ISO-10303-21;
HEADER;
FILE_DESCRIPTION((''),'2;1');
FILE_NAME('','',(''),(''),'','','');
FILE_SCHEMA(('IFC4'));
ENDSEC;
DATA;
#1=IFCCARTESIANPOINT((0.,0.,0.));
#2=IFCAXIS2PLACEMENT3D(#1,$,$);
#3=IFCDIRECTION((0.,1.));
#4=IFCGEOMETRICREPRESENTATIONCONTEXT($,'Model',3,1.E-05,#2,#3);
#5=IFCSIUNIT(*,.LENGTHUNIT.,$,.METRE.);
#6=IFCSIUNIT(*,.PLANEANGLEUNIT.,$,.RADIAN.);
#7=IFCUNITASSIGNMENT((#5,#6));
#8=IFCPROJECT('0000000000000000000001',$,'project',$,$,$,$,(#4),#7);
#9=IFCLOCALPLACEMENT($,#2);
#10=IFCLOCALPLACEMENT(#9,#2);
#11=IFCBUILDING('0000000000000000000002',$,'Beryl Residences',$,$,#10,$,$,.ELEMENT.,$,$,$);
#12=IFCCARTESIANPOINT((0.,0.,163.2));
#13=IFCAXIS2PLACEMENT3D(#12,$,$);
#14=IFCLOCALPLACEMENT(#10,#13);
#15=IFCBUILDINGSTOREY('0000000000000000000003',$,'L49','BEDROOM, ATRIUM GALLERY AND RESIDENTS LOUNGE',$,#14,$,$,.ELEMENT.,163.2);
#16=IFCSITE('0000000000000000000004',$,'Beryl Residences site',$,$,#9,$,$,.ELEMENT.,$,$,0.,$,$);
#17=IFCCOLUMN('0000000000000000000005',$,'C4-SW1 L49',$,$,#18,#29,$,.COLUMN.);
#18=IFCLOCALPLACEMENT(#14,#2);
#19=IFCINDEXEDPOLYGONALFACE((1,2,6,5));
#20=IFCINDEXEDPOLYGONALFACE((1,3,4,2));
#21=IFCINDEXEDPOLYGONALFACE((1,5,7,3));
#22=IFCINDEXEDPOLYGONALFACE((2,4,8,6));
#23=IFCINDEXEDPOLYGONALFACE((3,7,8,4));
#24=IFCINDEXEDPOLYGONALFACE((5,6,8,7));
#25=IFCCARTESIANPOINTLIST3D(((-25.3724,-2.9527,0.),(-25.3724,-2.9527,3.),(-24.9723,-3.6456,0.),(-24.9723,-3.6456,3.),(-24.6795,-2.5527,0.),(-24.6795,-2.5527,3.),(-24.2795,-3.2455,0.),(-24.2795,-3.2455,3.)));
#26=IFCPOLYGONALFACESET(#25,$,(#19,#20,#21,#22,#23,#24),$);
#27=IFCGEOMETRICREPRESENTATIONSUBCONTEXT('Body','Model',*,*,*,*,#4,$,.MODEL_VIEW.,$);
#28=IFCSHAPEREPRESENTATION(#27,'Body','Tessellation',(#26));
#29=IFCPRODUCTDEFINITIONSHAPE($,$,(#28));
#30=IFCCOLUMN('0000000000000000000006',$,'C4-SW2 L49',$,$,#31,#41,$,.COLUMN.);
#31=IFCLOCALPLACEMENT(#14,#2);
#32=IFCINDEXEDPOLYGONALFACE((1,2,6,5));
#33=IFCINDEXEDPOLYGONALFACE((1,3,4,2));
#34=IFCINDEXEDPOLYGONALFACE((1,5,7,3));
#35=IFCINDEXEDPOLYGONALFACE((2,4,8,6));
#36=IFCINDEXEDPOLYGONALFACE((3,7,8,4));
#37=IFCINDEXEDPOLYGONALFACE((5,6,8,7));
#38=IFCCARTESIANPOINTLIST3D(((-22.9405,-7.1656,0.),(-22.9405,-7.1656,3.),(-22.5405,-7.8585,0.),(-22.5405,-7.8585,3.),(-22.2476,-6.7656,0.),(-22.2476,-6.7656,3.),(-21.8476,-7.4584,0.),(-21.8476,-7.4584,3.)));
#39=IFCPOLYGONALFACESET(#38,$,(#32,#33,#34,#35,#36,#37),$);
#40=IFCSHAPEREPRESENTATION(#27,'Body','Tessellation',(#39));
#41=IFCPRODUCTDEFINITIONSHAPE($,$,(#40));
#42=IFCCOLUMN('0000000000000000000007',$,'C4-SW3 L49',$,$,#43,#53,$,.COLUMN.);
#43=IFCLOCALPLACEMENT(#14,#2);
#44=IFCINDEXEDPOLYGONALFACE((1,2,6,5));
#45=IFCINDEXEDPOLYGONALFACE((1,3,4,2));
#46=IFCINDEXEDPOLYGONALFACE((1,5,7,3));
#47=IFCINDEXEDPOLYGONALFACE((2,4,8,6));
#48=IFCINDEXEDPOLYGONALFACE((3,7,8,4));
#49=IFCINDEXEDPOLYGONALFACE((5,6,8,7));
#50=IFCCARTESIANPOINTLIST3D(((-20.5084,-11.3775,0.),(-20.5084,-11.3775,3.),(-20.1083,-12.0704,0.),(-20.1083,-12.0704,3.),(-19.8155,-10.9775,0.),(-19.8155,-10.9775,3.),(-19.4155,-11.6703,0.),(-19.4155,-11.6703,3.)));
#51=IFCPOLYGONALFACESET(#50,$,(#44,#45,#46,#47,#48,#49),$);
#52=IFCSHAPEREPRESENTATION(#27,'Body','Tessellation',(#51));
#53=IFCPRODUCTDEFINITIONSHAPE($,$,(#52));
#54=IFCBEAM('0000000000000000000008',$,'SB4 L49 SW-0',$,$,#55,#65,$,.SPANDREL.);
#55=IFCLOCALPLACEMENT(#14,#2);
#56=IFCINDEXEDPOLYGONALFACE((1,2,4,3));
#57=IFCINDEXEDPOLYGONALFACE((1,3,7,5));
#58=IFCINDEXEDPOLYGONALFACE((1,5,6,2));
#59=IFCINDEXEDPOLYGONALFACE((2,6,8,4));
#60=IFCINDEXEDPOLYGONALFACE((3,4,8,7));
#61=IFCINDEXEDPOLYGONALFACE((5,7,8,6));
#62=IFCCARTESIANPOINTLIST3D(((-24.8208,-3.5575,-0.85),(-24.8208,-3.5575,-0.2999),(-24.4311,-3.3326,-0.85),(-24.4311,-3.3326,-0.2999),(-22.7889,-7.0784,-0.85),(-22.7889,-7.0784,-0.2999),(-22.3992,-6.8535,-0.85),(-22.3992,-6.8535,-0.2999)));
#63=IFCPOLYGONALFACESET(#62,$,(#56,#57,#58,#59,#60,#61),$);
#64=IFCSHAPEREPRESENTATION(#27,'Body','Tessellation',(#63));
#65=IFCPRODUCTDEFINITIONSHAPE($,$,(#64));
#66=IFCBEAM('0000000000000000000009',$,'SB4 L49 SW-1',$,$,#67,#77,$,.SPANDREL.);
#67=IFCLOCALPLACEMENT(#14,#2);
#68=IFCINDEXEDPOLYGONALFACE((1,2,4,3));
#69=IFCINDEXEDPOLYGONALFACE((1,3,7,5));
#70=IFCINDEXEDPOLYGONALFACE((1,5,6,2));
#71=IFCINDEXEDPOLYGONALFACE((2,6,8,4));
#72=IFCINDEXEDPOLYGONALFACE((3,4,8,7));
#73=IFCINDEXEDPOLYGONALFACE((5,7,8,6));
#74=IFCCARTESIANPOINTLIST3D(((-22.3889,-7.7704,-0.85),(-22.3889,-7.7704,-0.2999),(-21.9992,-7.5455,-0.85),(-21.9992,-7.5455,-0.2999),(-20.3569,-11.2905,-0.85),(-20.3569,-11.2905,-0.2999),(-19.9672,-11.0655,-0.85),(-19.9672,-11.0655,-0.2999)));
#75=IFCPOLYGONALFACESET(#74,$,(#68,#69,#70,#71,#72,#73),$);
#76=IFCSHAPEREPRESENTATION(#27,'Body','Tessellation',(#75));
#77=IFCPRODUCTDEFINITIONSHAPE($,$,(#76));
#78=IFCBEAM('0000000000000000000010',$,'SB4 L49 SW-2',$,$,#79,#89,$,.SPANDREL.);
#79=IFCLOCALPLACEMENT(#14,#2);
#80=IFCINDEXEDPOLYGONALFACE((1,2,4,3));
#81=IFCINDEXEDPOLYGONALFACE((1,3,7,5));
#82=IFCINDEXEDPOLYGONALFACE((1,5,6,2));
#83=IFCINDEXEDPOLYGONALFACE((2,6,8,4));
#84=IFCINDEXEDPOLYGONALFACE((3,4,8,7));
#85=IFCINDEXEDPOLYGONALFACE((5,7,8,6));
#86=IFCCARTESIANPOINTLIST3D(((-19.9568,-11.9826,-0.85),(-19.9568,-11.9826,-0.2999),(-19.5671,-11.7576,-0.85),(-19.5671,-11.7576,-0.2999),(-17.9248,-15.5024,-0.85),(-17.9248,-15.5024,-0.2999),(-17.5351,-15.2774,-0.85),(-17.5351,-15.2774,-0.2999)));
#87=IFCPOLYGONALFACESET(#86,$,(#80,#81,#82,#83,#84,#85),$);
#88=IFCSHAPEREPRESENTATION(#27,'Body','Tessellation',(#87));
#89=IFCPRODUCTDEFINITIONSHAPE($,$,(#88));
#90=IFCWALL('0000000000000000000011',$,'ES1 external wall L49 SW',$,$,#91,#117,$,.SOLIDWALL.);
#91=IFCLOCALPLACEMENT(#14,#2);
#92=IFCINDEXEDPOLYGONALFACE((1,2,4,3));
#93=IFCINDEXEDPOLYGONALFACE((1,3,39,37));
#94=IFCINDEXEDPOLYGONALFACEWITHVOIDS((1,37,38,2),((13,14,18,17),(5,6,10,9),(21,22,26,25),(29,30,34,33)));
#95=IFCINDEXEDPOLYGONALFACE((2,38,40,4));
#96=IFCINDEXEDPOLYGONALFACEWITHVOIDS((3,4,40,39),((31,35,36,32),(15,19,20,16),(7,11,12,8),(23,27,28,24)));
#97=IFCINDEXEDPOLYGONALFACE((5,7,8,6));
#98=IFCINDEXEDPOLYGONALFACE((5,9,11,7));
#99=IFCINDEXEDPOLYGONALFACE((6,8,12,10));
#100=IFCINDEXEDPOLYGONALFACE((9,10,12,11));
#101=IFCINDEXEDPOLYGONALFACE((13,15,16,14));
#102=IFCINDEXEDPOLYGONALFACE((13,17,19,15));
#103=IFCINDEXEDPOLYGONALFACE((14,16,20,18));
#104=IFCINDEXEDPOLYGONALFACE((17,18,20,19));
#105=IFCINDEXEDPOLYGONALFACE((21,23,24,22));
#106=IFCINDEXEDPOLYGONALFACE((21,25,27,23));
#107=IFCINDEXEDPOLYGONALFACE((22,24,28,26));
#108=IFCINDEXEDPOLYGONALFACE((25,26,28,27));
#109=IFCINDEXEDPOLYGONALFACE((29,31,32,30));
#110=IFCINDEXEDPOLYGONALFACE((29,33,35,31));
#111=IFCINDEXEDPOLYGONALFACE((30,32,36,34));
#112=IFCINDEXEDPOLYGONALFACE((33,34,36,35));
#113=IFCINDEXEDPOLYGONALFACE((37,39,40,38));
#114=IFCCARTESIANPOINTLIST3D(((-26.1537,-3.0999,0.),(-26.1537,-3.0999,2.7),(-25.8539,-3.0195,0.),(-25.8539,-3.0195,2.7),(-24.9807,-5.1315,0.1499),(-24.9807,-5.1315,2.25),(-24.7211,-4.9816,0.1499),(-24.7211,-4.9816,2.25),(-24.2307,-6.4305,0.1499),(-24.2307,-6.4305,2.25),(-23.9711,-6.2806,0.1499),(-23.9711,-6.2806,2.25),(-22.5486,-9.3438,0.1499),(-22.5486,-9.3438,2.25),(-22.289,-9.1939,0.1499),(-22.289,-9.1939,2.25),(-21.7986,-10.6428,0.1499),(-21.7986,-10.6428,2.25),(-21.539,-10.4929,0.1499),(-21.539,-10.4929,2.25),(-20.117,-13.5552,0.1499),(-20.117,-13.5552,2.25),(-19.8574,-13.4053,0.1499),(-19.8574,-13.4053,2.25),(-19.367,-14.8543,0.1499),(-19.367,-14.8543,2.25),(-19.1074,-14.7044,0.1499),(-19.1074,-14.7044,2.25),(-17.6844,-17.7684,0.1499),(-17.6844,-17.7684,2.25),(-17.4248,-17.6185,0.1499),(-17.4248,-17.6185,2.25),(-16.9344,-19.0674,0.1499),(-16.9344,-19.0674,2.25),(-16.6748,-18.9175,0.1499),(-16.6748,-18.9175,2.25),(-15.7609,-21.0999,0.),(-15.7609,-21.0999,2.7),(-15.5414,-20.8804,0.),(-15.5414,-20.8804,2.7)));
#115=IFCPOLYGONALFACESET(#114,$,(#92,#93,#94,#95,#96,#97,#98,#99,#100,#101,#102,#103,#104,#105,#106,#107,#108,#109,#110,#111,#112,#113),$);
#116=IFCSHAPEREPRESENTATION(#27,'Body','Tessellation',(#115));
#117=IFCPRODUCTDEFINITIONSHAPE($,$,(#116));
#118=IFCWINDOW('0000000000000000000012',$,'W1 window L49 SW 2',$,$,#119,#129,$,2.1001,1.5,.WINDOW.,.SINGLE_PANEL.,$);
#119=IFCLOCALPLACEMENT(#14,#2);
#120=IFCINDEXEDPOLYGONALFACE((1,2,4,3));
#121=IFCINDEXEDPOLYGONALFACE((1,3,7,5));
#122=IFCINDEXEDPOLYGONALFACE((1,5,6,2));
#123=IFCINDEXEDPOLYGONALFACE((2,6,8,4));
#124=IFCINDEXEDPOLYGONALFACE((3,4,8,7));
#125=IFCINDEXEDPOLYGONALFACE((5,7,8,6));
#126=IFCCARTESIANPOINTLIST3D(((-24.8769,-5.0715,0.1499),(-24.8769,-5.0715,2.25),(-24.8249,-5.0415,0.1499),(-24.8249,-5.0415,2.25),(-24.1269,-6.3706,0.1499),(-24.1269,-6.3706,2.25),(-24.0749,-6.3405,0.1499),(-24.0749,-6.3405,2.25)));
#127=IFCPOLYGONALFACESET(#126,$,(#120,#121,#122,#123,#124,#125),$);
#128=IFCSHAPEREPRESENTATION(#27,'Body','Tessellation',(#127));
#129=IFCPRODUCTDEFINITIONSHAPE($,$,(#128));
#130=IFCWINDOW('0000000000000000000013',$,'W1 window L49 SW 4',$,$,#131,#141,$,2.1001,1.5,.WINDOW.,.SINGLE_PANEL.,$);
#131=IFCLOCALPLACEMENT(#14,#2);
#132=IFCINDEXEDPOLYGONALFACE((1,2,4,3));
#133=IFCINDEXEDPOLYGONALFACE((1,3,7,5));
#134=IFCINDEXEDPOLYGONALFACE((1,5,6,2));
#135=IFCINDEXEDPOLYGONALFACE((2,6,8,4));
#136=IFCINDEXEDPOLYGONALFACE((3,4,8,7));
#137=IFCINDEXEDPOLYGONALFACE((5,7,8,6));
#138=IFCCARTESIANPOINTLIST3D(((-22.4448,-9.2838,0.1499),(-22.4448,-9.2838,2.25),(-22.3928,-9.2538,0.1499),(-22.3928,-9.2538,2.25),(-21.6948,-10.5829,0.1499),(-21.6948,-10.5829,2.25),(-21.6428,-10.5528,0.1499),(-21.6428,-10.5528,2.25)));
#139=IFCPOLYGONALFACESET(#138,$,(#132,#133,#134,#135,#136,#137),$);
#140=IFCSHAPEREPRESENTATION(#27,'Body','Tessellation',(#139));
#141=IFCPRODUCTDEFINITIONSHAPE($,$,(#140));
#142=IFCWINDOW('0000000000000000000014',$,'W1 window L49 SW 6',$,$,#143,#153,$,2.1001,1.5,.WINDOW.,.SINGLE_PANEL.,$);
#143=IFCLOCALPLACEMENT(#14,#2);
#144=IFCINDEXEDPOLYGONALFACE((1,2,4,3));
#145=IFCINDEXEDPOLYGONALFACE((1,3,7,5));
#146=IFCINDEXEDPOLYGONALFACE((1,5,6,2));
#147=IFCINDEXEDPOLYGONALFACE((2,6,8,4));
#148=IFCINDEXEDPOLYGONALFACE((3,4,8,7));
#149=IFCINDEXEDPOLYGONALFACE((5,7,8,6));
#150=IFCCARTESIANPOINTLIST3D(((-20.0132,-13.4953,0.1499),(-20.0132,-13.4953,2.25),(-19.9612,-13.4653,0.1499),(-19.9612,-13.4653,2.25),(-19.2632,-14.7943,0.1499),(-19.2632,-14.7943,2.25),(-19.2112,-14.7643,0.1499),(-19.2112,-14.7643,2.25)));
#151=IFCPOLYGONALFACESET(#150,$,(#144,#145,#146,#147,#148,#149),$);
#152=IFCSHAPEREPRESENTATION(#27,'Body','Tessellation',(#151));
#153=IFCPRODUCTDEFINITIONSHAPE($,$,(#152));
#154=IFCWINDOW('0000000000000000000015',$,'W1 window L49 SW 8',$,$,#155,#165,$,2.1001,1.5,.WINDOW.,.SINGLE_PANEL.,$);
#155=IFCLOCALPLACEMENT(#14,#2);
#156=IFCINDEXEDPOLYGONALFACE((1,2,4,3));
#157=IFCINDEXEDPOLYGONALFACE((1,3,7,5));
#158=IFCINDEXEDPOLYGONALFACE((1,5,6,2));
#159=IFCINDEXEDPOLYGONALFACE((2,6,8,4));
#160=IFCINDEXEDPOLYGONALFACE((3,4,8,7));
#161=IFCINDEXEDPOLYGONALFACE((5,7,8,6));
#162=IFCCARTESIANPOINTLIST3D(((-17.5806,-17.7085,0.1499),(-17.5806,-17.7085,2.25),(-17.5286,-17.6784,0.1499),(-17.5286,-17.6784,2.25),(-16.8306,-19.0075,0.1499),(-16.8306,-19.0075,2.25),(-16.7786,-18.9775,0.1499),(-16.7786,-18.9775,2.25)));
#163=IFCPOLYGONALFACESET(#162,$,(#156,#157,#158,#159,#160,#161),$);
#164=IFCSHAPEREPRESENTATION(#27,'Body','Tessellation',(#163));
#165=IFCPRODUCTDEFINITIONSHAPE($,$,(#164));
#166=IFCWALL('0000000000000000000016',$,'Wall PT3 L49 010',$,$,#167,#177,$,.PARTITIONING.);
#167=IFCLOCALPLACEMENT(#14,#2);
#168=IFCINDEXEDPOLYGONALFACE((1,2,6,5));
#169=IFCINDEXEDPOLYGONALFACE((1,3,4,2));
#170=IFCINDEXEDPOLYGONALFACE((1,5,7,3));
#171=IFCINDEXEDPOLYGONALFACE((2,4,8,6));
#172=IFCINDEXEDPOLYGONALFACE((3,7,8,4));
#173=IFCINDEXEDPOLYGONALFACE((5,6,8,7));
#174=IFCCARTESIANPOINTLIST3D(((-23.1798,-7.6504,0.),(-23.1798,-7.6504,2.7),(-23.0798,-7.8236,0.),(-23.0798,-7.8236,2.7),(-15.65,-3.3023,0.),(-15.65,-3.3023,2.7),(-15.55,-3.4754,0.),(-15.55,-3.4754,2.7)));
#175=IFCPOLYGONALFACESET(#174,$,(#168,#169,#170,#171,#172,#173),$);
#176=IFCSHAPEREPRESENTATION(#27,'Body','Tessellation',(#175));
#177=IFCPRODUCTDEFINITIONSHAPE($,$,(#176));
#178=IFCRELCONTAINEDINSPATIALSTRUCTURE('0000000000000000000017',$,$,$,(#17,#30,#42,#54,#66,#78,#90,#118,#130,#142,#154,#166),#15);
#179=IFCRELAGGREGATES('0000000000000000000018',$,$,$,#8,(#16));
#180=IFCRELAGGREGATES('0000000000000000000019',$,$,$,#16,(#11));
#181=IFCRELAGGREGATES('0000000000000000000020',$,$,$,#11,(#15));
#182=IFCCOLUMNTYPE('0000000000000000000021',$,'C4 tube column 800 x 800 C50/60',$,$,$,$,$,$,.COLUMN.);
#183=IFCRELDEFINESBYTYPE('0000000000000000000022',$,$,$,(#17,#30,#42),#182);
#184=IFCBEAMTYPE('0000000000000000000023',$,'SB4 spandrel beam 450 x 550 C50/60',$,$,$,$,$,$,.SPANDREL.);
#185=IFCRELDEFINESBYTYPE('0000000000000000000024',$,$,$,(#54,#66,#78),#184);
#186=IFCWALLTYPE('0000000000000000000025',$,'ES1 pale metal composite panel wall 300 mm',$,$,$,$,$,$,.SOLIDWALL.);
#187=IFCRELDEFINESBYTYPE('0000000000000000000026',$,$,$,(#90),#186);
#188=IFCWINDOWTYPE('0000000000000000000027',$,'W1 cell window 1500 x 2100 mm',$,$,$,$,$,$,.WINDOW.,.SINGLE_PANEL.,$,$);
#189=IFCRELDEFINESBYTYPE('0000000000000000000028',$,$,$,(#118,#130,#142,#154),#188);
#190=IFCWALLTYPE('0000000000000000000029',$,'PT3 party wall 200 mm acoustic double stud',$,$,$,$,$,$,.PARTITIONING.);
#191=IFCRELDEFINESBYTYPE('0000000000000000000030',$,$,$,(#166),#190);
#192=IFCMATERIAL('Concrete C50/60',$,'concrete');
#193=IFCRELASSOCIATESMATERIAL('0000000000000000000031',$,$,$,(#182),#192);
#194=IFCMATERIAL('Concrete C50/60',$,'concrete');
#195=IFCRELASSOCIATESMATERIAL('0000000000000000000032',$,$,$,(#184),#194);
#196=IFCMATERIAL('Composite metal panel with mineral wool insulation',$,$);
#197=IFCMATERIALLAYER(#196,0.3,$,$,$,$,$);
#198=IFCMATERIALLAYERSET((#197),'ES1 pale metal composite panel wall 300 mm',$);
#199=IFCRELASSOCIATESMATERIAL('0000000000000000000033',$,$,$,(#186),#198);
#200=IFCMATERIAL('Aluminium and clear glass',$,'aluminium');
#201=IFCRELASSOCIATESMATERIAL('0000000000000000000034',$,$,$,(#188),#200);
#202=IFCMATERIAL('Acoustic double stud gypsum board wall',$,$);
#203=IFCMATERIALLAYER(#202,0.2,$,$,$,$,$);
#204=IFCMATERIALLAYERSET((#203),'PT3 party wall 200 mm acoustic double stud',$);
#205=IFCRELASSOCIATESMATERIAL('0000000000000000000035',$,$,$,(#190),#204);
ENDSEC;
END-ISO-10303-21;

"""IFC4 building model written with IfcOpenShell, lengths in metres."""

from ifc_helpers import new_model, si_unit, direction, frame, frame_2d, origin, origin_2d, place, context, subcontext, project, spatial, polyline, rectangle, outline, extrude, material, layer, layer_set, material_profile, profile_set, type_object, element, fill, save


model = new_model("IFC4")

# Units and contexts
model_context = context("Model", 3, precision=1e-05, world=origin(), true_north=direction((0.0, 1.0)))
body_context = subcontext(model_context, "Body", "Model", "MODEL_VIEW")
ifc_project = project(units=[si_unit("LENGTHUNIT", "METRE"), si_unit("PLANEANGLEUNIT", "RADIAN")], contexts=[model_context])

# Site, building, storey
site_placement = place(None, origin())
site = spatial("IfcSite", under=ifc_project, at=site_placement, Name="Beryl Residences site", CompositionType="ELEMENT", RefElevation=0.0)
building_placement = place(site_placement, origin())
building = spatial("IfcBuilding", under=site, at=building_placement, Name="Beryl Residences", CompositionType="ELEMENT")
storey_placement = place(building_placement, frame((0.0, 0.0, 163.2)))
storey = spatial("IfcBuildingStorey", under=building, at=storey_placement, Name="L49", Description="BEDROOM, ATRIUM GALLERY AND RESIDENTS LOUNGE", CompositionType="ELEMENT", Elevation=163.2)

# Columns
ifc_material_1 = material(Name="Concrete C50/60", Category="concrete")
ifc_material_profile_1 = material_profile(ifc_material_1, rectangle(XDim=0.8, YDim=0.8, at=origin_2d()))
ifc_profile_set_1 = profile_set([ifc_material_profile_1], Name="Concrete C50/60")
column_type = type_object("IfcColumnType", Name="C4 tube column 800 x 800 C50/60", PredefinedType="COLUMN", material=ifc_profile_set_1)
for number, where, z_axis, x_axis, name in (
    (1, (-24.8259, -3.0991, 0.0), (0.0, 0.0, 1.0), (0.5, -0.866025, 0.0), "C4-SW1 L49"),
    (2, (-22.394, -7.312, 0.0), (0.0, 0.0, 1.0), (0.5, -0.866025, 0.0), "C4-SW2 L49"),
    (3, (-19.9619, -11.5239, 0.0), (0.0, 0.0, 1.0), (0.5, -0.866025, 0.0), "C4-SW3 L49"),
):
    element("IfcColumn", number, at=place(storey_placement, frame(where, z_axis=z_axis, x_axis=x_axis)), inside=storey, type_object=column_type, Name=name, PredefinedType="COLUMN", context=body_context, shape_type="SweptSolid", body=[
        extrude(rectangle(XDim=0.8, YDim=0.8, at=origin_2d()), origin(), (0.0, 0.0, 1.0), 3.0),
    ])

# Beams
ifc_material_2 = material(Name="Concrete C50/60", Category="concrete")
ifc_material_profile_2 = material_profile(ifc_material_2, rectangle(XDim=0.45, YDim=0.55, at=origin_2d()))
ifc_profile_set_2 = profile_set([ifc_material_profile_2], Name="Concrete C50/60")
beam_type = type_object("IfcBeamType", Name="SB4 spandrel beam 450 x 550 C50/60", PredefinedType="SPANDREL", material=ifc_profile_set_2)
beam_1_placement = place(storey_placement, frame((-24.626, -3.4451, -0.575), z_axis=(0.49984, -0.866118, 0.0), x_axis=(0.866118, 0.49984, 0.0)))
element("IfcBeam", 4, at=beam_1_placement, inside=storey, type_object=beam_type, Name="SB4 L49 SW-0", PredefinedType="SPANDREL", context=body_context, shape_type="SweptSolid", body=[
    extrude(rectangle(XDim=0.45, YDim=0.55, at=origin_2d()), origin(), (0.0, 0.0, 1.0), 4.0652),
])
beam_2_placement = place(storey_placement, frame((-22.1941, -7.658, -0.575), z_axis=(0.499944, -0.866058, 0.0), x_axis=(0.866058, 0.499944, 0.0)))
element("IfcBeam", 5, at=beam_2_placement, inside=storey, type_object=beam_type, Name="SB4 L49 SW-1", PredefinedType="SPANDREL", context=body_context, shape_type="SweptSolid", body=[
    extrude(rectangle(XDim=0.45, YDim=0.55, at=origin_2d()), origin(), (0.0, 0.0, 1.0), 4.0645),
])
beam_3_placement = place(storey_placement, frame((-19.762, -11.8701, -0.575), z_axis=(0.49997, -0.866043, 0.0), x_axis=(0.866043, 0.49997, 0.0)))
element("IfcBeam", 6, at=beam_3_placement, inside=storey, type_object=beam_type, Name="SB4 L49 SW-2", PredefinedType="SPANDREL", context=body_context, shape_type="SweptSolid", body=[
    extrude(rectangle(XDim=0.45, YDim=0.55, at=origin_2d()), origin(), (0.0, 0.0, 1.0), 4.0642),
])

# Wall, openings, windows
ifc_material_3 = material(Name="Composite metal panel with mineral wool insulation")
ifc_layer_1 = layer(ifc_material_3, 0.3)
ifc_layer_set_1 = layer_set([ifc_layer_1], Name="ES1 pale metal composite panel wall 300 mm")
wall_type_1 = type_object("IfcWallType", Name="ES1 pale metal composite panel wall 300 mm", PredefinedType="SOLIDWALL", material=ifc_layer_set_1)
wall_1_placement = place(storey_placement, frame((-26.0239, -3.0249, 0.0), z_axis=(0.0, 0.0, 1.0), x_axis=(0.500019, -0.866015, 0.0)))
wall_1 = element("IfcWall", 7, at=wall_1_placement, inside=storey, type_object=wall_type_1, Name="ES1 external wall L49 SW", PredefinedType="SOLIDWALL", context=body_context, shape_type="SweptSolid", body=[
    extrude(outline(polyline([(0.0, -0.1499), (20.7849, -0.1499), (20.7046, 0.1499), (0.0803, 0.1499), (0.0, -0.1499)])), origin(), (0.0, 0.0, 1.0), 2.7),
])
opening_1_placement = place(wall_1_placement, frame((2.3459, 0.0, 0.1499)))
opening_1 = element("IfcOpeningElement", 8, at=opening_1_placement, cuts=wall_1, PredefinedType="OPENING", context=body_context, shape_type="SweptSolid", body=[
    extrude(rectangle(XDim=1.5, YDim=2.1001, at=frame_2d((0.75, 1.05))), frame((0.0, 0.1599, 0.0), z_axis=(0.0, -1.0, 0.0), x_axis=(1.0, 0.0, 0.0)), (0.0, 0.0, 1.0), 0.3201),
])
opening_2_placement = place(wall_1_placement, frame((7.21, 0.0, 0.1499)))
opening_2 = element("IfcOpeningElement", 9, at=opening_2_placement, cuts=wall_1, PredefinedType="OPENING", context=body_context, shape_type="SweptSolid", body=[
    extrude(rectangle(XDim=1.5, YDim=2.1001, at=frame_2d((0.75, 1.05))), frame((0.0, 0.1599, 0.0), z_axis=(0.0, -1.0, 0.0), x_axis=(1.0, 0.0, 0.0)), (0.0, 0.0, 1.0), 0.3201),
])
opening_3_placement = place(wall_1_placement, frame((12.073, 0.0, 0.1499)))
opening_3 = element("IfcOpeningElement", 10, at=opening_3_placement, cuts=wall_1, PredefinedType="OPENING", context=body_context, shape_type="SweptSolid", body=[
    extrude(rectangle(XDim=1.5, YDim=2.1001, at=frame_2d((0.75, 1.05))), frame((0.0, 0.1599, 0.0), z_axis=(0.0, -1.0, 0.0), x_axis=(1.0, 0.0, 0.0)), (0.0, 0.0, 1.0), 0.3201),
])
opening_4_placement = place(wall_1_placement, frame((16.938, 0.0, 0.1499)))
opening_4 = element("IfcOpeningElement", 11, at=opening_4_placement, cuts=wall_1, PredefinedType="OPENING", context=body_context, shape_type="SweptSolid", body=[
    extrude(rectangle(XDim=1.5, YDim=2.1001, at=frame_2d((0.75, 1.05))), frame((0.0, 0.1599, 0.0), z_axis=(0.0, -1.0, 0.0), x_axis=(1.0, 0.0, 0.0)), (0.0, 0.0, 1.0), 0.3201),
])
ifc_material_4 = material(Name="Aluminium and clear glass", Category="aluminium")
window_type = type_object("IfcWindowType", Name="W1 cell window 1500 x 2100 mm", PartitioningType="SINGLE_PANEL", PredefinedType="WINDOW", material=ifc_material_4)
window_1_placement = place(opening_1_placement, origin())
window_1 = element("IfcWindow", 12, at=window_1_placement, inside=storey, type_object=window_type, Name="W1 window L49 SW 2", OverallHeight=2.1001, OverallWidth=1.5, PartitioningType="SINGLE_PANEL", PredefinedType="WINDOW", context=body_context, shape_type="SweptSolid", body=[
    extrude(rectangle(XDim=1.5, YDim=2.1001, at=frame_2d((0.75, 1.05))), frame((0.0, 0.03, 0.0), z_axis=(0.0, -1.0, 0.0), x_axis=(1.0, 0.0, 0.0)), (0.0, 0.0, 1.0), 0.0601),
])
fill(opening_1, window_1)
window_2_placement = place(opening_2_placement, origin())
window_2 = element("IfcWindow", 13, at=window_2_placement, inside=storey, type_object=window_type, Name="W1 window L49 SW 4", OverallHeight=2.1001, OverallWidth=1.5, PartitioningType="SINGLE_PANEL", PredefinedType="WINDOW", context=body_context, shape_type="SweptSolid", body=[
    extrude(rectangle(XDim=1.5, YDim=2.1001, at=frame_2d((0.75, 1.05))), frame((0.0, 0.03, 0.0), z_axis=(0.0, -1.0, 0.0), x_axis=(1.0, 0.0, 0.0)), (0.0, 0.0, 1.0), 0.0601),
])
fill(opening_2, window_2)
window_3_placement = place(opening_3_placement, origin())
window_3 = element("IfcWindow", 14, at=window_3_placement, inside=storey, type_object=window_type, Name="W1 window L49 SW 6", OverallHeight=2.1001, OverallWidth=1.5, PartitioningType="SINGLE_PANEL", PredefinedType="WINDOW", context=body_context, shape_type="SweptSolid", body=[
    extrude(rectangle(XDim=1.5, YDim=2.1001, at=frame_2d((0.75, 1.05))), frame((0.0, 0.03, 0.0), z_axis=(0.0, -1.0, 0.0), x_axis=(1.0, 0.0, 0.0)), (0.0, 0.0, 1.0), 0.0601),
])
fill(opening_3, window_3)
window_4_placement = place(opening_4_placement, origin())
window_4 = element("IfcWindow", 15, at=window_4_placement, inside=storey, type_object=window_type, Name="W1 window L49 SW 8", OverallHeight=2.1001, OverallWidth=1.5, PartitioningType="SINGLE_PANEL", PredefinedType="WINDOW", context=body_context, shape_type="SweptSolid", body=[
    extrude(rectangle(XDim=1.5, YDim=2.1001, at=frame_2d((0.75, 1.05))), frame((0.0, 0.03, 0.0), z_axis=(0.0, -1.0, 0.0), x_axis=(1.0, 0.0, 0.0)), (0.0, 0.0, 1.0), 0.0601),
])
fill(opening_4, window_4)

# Wall
ifc_material_5 = material(Name="Acoustic double stud gypsum board wall")
ifc_layer_2 = layer(ifc_material_5, 0.2)
ifc_layer_set_2 = layer_set([ifc_layer_2], Name="PT3 party wall 200 mm acoustic double stud")
wall_type_2 = type_object("IfcWallType", Name="PT3 party wall 200 mm acoustic double stud", PredefinedType="PARTITIONING", material=ifc_layer_set_2)
wall_2_placement = place(storey_placement, frame((-23.1299, -7.7371, 0.0), z_axis=(0.0, 0.0, 1.0), x_axis=(0.865985, 0.500071, 0.0)))
element("IfcWall", 16, at=wall_2_placement, inside=storey, type_object=wall_type_2, Name="Wall PT3 L49 010", PredefinedType="PARTITIONING", context=body_context, shape_type="SweptSolid", body=[
    extrude(rectangle(XDim=8.6951, YDim=0.2, at=frame_2d((4.3477, 0.0))), origin(), (0.0, 0.0, 1.0), 2.7),
])

save(model, "model.ifc")
